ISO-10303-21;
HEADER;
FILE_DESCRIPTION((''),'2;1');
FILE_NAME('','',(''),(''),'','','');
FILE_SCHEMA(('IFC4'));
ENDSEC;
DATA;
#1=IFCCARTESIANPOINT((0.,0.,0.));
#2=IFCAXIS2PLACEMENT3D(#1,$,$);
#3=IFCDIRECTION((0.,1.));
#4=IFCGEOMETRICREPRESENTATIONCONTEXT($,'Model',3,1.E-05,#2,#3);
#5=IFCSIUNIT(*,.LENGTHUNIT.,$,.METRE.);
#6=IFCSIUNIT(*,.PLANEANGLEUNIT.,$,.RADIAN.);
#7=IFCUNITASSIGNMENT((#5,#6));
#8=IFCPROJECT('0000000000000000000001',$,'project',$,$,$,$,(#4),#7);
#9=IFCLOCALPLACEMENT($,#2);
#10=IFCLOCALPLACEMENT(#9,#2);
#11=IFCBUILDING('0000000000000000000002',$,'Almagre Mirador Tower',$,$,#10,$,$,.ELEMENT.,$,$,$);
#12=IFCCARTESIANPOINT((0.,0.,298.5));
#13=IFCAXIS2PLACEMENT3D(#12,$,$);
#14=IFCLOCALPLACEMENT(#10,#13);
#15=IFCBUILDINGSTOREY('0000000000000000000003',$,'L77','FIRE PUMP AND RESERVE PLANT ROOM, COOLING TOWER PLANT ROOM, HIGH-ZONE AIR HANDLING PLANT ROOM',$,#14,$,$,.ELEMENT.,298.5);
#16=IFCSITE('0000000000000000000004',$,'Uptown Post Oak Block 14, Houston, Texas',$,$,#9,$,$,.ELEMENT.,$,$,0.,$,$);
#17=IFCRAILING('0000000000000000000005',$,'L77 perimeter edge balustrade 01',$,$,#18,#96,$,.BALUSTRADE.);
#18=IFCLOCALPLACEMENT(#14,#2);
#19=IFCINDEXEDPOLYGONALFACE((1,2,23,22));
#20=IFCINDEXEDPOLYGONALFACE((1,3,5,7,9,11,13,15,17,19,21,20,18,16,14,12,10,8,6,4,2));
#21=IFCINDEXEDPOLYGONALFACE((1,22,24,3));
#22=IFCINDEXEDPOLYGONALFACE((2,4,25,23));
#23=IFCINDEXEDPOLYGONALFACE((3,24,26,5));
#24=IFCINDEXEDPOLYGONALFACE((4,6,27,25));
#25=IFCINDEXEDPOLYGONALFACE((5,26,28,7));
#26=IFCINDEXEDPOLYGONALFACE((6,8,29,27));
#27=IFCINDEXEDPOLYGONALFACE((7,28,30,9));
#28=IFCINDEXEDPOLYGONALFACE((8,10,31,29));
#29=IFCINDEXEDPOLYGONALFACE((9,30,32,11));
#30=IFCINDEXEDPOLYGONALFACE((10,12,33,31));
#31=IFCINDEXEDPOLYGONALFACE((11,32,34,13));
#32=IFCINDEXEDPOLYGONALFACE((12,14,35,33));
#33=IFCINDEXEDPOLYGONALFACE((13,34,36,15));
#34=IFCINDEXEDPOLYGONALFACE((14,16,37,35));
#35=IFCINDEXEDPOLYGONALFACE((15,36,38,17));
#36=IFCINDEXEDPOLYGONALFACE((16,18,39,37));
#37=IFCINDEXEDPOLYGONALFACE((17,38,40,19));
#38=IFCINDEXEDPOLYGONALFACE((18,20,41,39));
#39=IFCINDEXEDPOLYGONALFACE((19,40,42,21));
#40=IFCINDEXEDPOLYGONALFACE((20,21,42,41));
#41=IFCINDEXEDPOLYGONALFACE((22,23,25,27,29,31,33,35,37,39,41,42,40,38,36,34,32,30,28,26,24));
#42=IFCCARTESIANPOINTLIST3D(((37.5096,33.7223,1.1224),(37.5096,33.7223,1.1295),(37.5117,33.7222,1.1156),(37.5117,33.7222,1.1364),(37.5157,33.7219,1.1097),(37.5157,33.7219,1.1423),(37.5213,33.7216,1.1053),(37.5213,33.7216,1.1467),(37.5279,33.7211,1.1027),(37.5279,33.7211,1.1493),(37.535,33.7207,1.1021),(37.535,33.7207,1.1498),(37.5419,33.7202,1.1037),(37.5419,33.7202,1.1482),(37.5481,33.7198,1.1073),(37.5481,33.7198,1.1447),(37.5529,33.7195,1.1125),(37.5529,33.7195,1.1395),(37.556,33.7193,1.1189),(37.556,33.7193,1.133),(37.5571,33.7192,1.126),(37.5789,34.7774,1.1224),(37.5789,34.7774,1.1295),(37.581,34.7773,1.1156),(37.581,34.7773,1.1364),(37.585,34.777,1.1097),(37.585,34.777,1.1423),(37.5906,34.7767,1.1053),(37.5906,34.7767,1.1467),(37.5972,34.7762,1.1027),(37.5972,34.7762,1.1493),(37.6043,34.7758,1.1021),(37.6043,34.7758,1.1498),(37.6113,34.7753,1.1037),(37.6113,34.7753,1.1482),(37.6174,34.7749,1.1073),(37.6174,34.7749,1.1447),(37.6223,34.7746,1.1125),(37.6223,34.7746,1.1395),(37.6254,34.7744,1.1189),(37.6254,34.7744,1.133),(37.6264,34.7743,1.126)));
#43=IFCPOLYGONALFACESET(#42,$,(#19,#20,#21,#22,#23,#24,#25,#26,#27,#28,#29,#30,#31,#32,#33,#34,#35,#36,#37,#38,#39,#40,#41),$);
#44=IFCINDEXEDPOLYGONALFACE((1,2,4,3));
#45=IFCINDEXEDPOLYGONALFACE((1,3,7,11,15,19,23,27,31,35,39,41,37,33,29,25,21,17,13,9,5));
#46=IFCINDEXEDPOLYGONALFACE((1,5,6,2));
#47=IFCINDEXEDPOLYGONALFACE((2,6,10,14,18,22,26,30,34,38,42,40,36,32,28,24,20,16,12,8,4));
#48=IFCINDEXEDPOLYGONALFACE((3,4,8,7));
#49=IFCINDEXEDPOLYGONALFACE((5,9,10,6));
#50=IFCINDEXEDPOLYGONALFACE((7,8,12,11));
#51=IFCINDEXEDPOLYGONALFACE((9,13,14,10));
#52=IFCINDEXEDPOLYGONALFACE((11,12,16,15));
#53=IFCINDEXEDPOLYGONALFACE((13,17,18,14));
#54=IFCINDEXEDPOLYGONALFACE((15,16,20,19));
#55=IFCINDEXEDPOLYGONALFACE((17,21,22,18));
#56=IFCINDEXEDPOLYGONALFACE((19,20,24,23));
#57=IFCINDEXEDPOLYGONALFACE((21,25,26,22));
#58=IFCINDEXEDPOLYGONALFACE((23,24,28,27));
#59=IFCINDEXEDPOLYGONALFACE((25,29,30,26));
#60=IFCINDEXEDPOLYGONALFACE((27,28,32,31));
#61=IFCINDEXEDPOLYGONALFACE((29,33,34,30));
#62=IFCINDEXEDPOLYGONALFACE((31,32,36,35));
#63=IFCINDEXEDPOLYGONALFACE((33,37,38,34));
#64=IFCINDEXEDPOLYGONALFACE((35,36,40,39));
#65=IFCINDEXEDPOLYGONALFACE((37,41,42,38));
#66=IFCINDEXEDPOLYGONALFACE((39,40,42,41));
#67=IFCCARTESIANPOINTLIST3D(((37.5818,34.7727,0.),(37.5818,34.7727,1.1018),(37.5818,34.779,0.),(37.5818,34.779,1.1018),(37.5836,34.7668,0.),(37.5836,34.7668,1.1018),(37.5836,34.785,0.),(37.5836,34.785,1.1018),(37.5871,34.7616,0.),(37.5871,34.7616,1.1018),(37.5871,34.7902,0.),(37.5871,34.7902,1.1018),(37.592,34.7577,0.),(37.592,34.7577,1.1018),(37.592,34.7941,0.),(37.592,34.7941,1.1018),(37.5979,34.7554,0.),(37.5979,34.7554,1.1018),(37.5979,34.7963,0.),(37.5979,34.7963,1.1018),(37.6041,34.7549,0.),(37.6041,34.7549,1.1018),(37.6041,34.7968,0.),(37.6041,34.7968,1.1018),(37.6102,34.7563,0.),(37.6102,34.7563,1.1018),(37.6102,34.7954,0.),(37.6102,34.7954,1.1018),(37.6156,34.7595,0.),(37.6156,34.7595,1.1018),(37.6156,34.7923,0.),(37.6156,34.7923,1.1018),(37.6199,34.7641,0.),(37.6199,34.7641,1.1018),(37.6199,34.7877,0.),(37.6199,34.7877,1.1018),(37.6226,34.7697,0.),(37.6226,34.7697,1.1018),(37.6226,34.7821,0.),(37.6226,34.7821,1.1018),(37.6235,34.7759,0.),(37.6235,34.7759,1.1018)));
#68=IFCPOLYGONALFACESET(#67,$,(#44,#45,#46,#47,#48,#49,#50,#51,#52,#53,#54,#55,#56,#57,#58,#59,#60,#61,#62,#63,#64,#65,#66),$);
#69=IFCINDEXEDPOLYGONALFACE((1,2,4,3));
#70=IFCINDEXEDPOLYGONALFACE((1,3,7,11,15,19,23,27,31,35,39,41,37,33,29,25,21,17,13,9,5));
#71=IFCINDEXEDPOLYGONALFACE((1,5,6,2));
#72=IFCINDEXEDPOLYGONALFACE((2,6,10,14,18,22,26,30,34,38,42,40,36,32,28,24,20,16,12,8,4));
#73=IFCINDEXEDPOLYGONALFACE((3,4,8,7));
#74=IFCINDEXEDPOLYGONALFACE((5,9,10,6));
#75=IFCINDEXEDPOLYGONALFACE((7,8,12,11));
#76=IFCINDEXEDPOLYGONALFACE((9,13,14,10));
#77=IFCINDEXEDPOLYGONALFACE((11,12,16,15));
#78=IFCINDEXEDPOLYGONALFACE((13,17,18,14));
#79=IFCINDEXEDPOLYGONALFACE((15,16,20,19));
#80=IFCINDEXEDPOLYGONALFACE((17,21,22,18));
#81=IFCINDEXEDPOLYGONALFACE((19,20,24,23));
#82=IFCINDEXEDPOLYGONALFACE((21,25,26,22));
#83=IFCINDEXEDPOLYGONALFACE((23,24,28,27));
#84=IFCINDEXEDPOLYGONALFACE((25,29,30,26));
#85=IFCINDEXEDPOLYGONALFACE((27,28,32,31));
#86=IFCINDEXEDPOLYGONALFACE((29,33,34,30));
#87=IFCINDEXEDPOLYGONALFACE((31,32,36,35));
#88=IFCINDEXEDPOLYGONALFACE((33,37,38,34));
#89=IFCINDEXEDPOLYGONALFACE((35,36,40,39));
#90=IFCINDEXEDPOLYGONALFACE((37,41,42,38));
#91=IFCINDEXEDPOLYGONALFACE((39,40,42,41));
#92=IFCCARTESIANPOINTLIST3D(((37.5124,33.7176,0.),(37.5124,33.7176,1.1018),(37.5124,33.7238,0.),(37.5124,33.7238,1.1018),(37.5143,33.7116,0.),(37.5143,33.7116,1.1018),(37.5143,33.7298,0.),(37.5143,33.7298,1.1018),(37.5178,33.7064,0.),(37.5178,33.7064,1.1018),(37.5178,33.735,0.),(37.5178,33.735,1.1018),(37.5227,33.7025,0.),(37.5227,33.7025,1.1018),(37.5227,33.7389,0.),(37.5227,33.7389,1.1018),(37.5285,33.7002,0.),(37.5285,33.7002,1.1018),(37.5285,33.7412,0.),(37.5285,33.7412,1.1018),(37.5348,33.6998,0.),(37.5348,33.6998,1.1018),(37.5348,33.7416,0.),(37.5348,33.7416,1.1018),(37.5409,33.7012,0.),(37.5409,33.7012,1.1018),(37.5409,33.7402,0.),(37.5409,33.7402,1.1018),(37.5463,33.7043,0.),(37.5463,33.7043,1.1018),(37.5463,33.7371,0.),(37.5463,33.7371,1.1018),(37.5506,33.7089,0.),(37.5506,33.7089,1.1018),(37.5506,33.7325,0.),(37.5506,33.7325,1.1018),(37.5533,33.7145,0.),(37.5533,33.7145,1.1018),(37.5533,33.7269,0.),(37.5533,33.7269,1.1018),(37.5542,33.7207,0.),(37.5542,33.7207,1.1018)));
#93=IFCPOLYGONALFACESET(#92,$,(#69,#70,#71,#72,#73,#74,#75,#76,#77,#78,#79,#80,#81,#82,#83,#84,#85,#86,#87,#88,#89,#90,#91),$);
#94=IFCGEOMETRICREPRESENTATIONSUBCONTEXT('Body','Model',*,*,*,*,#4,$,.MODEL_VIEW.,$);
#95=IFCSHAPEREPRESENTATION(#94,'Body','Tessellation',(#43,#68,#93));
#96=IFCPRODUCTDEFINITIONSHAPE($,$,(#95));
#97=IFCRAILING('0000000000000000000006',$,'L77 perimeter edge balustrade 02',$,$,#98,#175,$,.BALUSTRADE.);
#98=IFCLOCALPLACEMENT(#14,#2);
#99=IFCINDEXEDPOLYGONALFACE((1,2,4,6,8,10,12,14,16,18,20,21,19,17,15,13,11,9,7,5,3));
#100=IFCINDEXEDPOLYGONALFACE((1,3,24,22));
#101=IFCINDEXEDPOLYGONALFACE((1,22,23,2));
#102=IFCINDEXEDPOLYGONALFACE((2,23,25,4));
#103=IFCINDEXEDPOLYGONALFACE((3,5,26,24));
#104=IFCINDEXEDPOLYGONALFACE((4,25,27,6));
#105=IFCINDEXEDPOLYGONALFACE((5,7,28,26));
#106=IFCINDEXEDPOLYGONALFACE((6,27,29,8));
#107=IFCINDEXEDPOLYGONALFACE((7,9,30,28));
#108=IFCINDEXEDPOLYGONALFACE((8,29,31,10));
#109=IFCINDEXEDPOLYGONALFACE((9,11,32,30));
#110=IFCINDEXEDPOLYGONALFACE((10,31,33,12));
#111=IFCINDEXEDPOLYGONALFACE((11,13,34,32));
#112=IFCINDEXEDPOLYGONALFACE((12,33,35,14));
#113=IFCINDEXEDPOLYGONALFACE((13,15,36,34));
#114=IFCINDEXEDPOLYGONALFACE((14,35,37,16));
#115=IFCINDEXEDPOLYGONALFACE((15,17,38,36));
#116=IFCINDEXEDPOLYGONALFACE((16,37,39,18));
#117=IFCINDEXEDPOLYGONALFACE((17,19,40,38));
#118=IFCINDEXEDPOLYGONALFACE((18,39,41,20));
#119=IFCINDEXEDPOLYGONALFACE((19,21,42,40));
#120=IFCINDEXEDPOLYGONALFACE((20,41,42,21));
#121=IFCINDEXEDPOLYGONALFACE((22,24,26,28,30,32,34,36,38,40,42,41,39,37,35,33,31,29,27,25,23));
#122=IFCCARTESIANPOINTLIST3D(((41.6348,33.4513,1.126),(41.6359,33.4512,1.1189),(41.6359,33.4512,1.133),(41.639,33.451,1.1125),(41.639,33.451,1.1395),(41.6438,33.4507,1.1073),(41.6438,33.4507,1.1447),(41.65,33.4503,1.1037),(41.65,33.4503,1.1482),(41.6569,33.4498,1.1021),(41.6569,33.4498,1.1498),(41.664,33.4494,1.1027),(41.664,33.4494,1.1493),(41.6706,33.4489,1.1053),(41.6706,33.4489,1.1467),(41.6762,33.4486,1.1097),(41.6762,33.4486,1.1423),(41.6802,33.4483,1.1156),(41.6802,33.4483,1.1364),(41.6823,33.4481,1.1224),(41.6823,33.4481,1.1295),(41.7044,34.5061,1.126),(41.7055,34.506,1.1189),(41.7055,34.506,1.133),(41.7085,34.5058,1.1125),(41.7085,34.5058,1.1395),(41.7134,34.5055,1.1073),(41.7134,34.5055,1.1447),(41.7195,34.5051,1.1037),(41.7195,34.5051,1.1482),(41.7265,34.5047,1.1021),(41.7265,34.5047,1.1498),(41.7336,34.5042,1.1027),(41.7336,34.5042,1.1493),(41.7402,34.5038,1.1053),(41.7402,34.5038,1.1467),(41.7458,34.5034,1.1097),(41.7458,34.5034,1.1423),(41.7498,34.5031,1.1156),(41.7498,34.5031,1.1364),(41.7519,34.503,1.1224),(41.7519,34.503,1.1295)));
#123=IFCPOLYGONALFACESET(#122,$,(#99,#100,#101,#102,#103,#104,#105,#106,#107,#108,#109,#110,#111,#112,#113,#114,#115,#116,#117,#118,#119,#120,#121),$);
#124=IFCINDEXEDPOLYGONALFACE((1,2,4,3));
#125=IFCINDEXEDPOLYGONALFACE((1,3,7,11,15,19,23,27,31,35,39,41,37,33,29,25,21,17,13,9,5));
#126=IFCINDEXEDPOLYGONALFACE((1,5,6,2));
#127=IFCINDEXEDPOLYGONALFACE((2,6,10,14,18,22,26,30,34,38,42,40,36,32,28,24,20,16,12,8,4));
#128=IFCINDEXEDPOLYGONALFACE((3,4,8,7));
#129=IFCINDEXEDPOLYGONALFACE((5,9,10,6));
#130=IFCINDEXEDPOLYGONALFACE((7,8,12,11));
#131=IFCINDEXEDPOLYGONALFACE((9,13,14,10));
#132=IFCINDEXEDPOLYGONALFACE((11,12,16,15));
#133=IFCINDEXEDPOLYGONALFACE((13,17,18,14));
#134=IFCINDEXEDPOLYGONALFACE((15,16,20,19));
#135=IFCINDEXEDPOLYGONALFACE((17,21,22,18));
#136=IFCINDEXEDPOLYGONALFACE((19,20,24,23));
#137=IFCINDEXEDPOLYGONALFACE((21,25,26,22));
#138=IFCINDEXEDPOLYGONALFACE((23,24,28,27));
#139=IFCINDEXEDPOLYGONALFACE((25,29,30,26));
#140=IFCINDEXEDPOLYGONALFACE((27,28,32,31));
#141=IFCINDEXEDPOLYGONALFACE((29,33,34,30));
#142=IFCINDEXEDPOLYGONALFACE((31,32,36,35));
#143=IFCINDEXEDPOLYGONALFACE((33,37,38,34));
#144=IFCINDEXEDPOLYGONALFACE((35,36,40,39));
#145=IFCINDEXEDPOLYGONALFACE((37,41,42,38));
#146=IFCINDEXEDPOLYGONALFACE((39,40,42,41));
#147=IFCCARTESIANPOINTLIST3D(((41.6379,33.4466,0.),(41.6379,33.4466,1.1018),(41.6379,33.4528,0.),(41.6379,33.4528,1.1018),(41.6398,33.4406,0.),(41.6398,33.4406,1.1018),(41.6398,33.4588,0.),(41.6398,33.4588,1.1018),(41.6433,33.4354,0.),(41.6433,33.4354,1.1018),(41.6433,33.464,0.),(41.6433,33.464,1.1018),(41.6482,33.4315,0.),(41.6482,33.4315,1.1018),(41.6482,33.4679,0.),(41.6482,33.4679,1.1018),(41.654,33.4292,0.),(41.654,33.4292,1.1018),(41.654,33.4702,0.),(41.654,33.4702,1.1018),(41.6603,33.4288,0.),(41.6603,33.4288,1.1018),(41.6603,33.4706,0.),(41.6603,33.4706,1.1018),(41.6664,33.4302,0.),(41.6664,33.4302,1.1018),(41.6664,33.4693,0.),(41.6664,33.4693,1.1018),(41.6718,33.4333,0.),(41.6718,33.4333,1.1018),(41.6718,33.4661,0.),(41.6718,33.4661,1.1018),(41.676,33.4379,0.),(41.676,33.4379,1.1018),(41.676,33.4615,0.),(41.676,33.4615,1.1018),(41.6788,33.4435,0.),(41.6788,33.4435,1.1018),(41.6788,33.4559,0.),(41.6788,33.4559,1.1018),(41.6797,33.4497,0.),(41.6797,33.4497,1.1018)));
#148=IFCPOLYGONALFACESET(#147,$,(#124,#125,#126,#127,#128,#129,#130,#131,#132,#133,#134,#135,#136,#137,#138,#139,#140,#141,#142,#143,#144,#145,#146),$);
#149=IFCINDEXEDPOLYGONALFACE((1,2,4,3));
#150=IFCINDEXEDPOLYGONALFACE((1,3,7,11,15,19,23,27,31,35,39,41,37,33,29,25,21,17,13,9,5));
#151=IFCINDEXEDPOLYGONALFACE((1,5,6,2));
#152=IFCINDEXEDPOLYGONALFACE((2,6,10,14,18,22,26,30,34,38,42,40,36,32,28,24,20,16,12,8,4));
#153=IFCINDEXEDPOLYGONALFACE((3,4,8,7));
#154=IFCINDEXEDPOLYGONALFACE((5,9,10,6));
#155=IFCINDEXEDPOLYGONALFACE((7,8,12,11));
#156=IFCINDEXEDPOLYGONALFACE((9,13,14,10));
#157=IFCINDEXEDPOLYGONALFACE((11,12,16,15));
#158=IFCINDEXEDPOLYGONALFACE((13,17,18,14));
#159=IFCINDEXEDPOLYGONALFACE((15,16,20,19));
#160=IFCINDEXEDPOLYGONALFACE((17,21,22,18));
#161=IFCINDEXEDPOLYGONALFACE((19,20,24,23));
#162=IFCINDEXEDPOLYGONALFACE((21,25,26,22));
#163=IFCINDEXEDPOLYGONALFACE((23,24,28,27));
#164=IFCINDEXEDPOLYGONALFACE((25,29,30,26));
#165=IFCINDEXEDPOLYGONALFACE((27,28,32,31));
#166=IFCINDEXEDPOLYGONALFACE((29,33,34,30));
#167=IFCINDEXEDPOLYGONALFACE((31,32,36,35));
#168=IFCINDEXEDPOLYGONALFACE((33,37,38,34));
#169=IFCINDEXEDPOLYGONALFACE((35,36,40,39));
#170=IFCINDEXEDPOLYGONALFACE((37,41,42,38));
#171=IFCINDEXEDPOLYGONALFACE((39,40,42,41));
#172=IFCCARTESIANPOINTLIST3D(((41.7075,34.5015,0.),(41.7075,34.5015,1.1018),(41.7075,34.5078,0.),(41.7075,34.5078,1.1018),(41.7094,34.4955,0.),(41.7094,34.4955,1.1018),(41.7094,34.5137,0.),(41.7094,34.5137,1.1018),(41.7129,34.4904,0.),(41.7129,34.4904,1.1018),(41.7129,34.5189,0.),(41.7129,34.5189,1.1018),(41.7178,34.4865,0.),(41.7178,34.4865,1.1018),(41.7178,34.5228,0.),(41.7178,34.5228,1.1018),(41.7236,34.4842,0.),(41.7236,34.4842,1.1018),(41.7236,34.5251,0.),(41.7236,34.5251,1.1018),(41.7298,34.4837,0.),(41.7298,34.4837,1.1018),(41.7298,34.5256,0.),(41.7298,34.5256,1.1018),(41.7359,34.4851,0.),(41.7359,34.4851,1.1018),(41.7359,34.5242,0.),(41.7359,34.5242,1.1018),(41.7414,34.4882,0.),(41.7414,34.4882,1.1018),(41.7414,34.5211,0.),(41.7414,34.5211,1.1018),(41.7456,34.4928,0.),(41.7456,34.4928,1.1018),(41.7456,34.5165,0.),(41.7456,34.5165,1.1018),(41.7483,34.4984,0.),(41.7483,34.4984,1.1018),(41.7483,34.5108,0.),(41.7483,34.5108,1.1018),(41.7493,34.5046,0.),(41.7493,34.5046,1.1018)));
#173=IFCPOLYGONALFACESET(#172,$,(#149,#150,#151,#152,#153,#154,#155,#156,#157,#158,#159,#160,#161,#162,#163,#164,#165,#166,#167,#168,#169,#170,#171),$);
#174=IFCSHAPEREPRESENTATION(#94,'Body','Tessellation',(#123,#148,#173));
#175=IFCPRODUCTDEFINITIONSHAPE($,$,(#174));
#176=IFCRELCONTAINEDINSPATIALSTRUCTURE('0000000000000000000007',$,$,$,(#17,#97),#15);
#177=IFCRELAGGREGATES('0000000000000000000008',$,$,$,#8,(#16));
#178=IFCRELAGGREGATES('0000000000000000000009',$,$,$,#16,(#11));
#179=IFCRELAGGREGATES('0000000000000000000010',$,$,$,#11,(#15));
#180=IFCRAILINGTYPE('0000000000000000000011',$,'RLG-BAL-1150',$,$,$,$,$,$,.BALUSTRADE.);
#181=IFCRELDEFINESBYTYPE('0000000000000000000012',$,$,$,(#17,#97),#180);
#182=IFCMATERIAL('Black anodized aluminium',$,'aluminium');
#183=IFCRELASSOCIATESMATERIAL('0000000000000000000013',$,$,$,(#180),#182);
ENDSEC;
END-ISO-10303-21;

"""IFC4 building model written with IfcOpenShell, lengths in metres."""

from ifc_helpers import new_model, si_unit, direction, frame, origin, origin_2d, place, context, subcontext, project, spatial, circle, extrude, material, type_object, element, save


model = new_model("IFC4")

# Units and contexts
model_context = context("Model", 3, precision=1e-05, world=origin(), true_north=direction((0.0, 1.0)))
body_context = subcontext(model_context, "Body", "Model", "MODEL_VIEW")
ifc_project = project(units=[si_unit("LENGTHUNIT", "METRE"), si_unit("PLANEANGLEUNIT", "RADIAN")], contexts=[model_context])

# Site, building, storey
site_placement = place(None, origin())
site = spatial("IfcSite", under=ifc_project, at=site_placement, Name="Uptown Post Oak Block 14, Houston, Texas", CompositionType="ELEMENT", RefElevation=0.0)
building_placement = place(site_placement, origin())
building = spatial("IfcBuilding", under=site, at=building_placement, Name="Almagre Mirador Tower", CompositionType="ELEMENT")
storey_placement = place(building_placement, frame((0.0, 0.0, 298.5)))
storey = spatial("IfcBuildingStorey", under=building, at=storey_placement, Name="L77", Description="FIRE PUMP AND RESERVE PLANT ROOM, COOLING TOWER PLANT ROOM, HIGH-ZONE AIR HANDLING PLANT ROOM", CompositionType="ELEMENT", Elevation=298.5)

# Railings
ifc_material_1 = material(Name="Black anodized aluminium", Category="aluminium")
railing_type = type_object("IfcRailingType", Name="RLG-BAL-1150", PredefinedType="BALUSTRADE", material=ifc_material_1)
railing_1_placement = place(storey_placement, frame((37.6025, 34.7759, 0.0)))
element("IfcRailing", 1, at=railing_1_placement, inside=storey, type_object=railing_type, Name="L77 perimeter edge balustrade 01", PredefinedType="BALUSTRADE", context=body_context, shape_type="SweptSolid", body=[
    extrude(circle(Radius=0.0239, at=origin_2d()), frame((0.0, 0.0, 1.126), z_axis=(-0.065569, -0.997848, 0.0), x_axis=(0.997848, -0.065569, 0.0)), (0.0, 0.0, 1.0), 1.0574),
    extrude(circle(Radius=0.021, at=origin_2d()), origin(), (0.0, 0.0, 1.0), 1.1018),
    extrude(circle(Radius=0.021, at=origin_2d()), frame((-0.0693, -1.0552, 0.0)), (0.0, 0.0, 1.0), 1.1018),
])
railing_2_placement = place(storey_placement, frame((41.6587, 33.4497, 0.0)))
element("IfcRailing", 2, at=railing_2_placement, inside=storey, type_object=railing_type, Name="L77 perimeter edge balustrade 02", PredefinedType="BALUSTRADE", context=body_context, shape_type="SweptSolid", body=[
    extrude(circle(Radius=0.0239, at=origin_2d()), frame((0.0, 0.0, 1.126), z_axis=(0.065814, 0.997832, 0.0), x_axis=(-0.997832, 0.065814, 0.0)), (0.0, 0.0, 1.0), 1.0571),
    extrude(circle(Radius=0.021, at=origin_2d()), origin(), (0.0, 0.0, 1.0), 1.1018),
    extrude(circle(Radius=0.021, at=origin_2d()), frame((0.0696, 1.0549, 0.0)), (0.0, 0.0, 1.0), 1.1018),
])

save(model, "model.ifc")
